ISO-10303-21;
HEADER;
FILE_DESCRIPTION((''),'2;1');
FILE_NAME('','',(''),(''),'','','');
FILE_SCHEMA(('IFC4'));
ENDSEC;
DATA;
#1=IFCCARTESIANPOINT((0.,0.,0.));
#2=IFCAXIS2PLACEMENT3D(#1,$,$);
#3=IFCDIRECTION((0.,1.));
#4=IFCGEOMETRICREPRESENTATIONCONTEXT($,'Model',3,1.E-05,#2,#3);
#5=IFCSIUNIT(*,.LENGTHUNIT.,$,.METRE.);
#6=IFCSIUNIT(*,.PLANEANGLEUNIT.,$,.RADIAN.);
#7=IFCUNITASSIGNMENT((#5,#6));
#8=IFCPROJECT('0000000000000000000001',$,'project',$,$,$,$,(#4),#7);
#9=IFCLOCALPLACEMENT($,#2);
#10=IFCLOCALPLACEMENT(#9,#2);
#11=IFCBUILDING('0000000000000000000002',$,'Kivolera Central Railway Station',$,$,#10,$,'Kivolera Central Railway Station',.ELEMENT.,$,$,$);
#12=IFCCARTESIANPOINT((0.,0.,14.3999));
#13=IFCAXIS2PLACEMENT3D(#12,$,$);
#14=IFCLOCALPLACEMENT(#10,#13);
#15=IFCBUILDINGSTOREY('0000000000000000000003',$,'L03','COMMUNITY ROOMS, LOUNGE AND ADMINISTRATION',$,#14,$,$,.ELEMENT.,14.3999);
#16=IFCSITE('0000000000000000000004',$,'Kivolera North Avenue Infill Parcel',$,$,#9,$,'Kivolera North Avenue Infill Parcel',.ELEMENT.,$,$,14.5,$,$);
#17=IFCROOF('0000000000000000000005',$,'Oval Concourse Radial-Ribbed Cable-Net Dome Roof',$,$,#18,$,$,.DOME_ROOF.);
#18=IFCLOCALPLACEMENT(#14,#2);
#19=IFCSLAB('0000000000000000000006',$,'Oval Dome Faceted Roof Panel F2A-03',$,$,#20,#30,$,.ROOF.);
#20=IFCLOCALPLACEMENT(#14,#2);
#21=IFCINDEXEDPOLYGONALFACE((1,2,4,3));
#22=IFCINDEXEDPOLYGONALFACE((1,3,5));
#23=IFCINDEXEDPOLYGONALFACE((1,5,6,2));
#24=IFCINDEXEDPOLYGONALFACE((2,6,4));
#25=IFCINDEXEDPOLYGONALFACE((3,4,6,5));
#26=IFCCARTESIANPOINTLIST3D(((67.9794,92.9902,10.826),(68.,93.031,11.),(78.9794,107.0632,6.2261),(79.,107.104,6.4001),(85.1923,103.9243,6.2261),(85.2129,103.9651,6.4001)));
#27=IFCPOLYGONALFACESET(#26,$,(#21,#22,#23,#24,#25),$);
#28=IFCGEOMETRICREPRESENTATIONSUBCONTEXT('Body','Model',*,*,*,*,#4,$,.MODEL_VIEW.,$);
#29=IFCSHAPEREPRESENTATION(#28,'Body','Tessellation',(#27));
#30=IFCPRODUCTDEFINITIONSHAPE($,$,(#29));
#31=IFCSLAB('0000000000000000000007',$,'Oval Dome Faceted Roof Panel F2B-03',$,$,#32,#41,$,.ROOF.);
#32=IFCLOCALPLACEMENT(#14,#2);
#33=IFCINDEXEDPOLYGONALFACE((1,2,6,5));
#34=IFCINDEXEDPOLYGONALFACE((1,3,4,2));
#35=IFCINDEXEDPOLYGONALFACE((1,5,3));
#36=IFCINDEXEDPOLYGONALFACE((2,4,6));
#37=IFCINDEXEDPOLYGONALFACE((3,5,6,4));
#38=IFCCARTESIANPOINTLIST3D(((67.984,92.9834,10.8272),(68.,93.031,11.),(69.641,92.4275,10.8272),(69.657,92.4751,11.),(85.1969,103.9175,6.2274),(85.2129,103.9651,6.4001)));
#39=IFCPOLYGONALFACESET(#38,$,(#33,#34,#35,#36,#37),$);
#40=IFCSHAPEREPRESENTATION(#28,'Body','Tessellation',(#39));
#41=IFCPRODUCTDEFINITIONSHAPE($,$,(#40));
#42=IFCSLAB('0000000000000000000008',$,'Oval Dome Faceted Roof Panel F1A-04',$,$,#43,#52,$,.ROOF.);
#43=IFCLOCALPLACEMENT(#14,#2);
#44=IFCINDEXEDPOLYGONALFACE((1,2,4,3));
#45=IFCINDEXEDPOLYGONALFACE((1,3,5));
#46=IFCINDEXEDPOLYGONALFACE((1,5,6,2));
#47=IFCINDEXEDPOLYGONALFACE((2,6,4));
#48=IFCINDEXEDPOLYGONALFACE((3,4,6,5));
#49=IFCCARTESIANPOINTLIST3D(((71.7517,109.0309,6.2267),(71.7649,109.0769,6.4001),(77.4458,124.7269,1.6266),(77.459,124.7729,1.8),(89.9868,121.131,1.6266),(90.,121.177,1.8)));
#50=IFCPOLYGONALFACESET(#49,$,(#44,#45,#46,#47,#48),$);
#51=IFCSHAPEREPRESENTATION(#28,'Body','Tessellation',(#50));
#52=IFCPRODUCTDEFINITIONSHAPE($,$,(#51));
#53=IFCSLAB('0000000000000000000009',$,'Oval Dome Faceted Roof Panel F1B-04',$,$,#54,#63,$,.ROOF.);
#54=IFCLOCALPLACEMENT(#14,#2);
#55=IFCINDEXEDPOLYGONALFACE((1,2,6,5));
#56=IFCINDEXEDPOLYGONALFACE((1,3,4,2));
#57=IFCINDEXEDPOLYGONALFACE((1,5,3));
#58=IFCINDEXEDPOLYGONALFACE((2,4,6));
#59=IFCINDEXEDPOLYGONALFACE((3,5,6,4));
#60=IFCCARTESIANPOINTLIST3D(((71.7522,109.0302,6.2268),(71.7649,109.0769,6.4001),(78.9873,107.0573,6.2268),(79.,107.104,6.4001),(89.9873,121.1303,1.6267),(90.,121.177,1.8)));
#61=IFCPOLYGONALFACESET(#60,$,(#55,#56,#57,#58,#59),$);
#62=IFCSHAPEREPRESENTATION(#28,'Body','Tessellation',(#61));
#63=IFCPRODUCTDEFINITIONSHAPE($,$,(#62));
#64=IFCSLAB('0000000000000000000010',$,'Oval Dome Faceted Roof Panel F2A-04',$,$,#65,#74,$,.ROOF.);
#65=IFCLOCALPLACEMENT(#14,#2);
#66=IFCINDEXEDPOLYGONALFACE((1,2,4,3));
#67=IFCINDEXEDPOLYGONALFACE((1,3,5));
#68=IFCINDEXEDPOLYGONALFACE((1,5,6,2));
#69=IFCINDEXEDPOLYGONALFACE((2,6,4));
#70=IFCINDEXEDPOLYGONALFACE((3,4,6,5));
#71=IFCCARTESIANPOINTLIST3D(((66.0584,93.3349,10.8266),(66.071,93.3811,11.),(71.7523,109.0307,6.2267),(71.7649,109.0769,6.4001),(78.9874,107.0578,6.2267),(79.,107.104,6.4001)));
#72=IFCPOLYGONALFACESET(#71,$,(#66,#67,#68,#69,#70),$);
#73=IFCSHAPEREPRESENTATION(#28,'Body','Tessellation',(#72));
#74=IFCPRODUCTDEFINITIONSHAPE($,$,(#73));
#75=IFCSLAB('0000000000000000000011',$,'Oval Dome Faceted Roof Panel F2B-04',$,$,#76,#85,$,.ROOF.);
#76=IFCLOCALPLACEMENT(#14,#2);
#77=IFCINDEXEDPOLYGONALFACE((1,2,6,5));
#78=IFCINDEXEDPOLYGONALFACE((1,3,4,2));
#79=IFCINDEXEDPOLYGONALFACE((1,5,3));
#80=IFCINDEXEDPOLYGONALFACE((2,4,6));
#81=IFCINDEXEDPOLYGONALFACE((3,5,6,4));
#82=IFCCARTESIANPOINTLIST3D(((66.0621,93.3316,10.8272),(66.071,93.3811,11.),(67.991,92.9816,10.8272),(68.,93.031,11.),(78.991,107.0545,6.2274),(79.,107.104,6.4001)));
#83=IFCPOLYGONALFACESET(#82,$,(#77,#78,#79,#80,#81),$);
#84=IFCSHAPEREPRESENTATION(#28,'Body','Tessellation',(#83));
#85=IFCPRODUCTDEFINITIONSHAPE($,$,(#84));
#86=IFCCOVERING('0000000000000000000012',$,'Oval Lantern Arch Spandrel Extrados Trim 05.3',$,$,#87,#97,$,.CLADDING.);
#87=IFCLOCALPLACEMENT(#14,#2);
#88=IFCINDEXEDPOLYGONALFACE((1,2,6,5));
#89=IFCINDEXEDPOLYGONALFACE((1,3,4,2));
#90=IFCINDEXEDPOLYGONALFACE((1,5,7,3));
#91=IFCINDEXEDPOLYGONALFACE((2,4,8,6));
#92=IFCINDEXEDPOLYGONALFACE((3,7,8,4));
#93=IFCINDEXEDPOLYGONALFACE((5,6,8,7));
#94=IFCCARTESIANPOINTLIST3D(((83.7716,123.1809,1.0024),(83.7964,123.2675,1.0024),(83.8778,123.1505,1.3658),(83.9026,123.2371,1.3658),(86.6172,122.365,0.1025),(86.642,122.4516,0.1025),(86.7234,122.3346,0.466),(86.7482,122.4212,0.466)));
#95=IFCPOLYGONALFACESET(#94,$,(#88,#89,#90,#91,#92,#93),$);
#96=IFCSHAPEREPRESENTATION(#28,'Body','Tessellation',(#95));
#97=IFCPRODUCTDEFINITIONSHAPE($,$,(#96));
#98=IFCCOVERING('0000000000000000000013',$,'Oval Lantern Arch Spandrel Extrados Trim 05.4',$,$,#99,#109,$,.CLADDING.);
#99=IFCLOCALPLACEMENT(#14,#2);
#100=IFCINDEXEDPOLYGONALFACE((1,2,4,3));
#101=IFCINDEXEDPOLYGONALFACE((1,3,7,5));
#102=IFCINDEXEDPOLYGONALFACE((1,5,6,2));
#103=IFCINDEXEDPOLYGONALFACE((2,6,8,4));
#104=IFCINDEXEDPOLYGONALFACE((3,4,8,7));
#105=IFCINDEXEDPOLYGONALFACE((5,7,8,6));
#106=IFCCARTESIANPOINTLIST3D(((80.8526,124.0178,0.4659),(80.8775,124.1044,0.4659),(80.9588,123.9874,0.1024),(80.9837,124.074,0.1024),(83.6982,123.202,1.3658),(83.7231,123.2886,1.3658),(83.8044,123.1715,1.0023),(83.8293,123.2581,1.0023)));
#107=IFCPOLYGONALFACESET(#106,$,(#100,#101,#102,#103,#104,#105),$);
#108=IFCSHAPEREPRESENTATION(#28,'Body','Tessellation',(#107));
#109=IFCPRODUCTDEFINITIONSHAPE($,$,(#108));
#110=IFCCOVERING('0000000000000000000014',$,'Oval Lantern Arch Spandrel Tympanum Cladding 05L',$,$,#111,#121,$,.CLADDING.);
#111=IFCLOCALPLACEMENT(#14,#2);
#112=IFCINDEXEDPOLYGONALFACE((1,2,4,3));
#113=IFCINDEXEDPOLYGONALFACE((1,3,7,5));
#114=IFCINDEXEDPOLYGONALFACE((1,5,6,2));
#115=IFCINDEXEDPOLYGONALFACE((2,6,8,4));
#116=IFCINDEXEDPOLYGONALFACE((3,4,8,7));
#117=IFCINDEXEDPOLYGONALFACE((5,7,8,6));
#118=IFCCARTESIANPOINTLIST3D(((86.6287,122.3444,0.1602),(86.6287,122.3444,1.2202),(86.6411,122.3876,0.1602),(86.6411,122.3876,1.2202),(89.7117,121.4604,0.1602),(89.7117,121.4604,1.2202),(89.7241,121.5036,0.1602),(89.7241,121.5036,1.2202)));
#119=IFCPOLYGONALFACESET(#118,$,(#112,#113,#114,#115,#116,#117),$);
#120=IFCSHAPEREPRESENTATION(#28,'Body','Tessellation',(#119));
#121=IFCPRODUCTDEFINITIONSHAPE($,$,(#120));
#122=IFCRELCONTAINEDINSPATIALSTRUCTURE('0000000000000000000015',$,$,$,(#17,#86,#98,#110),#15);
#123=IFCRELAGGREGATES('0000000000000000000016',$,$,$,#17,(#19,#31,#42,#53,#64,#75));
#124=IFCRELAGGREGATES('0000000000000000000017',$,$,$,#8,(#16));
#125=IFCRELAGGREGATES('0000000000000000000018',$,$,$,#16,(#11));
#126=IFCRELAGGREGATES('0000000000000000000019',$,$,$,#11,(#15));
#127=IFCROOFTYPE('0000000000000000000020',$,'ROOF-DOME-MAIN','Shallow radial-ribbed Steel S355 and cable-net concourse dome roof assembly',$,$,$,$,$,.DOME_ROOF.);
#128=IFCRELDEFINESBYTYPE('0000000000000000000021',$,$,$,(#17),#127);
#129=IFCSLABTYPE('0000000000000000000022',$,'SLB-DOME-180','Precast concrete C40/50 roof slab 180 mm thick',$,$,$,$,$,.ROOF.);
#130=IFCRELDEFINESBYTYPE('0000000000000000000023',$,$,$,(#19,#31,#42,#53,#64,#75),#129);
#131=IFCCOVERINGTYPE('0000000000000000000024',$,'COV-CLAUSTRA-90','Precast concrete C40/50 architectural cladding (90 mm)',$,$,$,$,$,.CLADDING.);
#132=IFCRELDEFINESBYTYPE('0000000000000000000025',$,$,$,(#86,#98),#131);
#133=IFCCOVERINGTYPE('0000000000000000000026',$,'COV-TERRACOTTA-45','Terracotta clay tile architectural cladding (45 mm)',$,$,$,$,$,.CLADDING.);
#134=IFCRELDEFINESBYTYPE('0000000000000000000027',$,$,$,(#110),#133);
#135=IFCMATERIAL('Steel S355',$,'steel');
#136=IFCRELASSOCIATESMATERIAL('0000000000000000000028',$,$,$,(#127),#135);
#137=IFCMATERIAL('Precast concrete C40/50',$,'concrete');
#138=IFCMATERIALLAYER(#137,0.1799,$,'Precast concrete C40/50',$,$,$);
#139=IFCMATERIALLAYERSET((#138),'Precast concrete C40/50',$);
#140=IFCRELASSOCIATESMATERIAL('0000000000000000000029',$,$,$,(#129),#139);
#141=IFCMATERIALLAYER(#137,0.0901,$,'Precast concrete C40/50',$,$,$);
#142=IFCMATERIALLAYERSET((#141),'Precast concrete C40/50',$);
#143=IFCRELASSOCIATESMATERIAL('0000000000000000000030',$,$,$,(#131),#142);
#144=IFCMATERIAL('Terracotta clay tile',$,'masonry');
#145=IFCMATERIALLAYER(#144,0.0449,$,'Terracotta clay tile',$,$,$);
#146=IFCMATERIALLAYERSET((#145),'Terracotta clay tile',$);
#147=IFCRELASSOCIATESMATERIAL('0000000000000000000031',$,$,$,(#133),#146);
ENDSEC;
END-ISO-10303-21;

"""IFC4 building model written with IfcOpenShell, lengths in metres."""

from ifc_helpers import new_model, si_unit, direction, frame, frame_2d, origin, origin_2d, place, context, subcontext, project, spatial, polyline, rectangle, outline, extrude, material, layer, layer_set, type_object, element, aggregate, save


model = new_model("IFC4")

# Units and contexts
model_context = context("Model", 3, precision=1e-05, world=origin(), true_north=direction((0.0, 1.0)))
body_context = subcontext(model_context, "Body", "Model", "MODEL_VIEW")
ifc_project = project(units=[si_unit("LENGTHUNIT", "METRE"), si_unit("PLANEANGLEUNIT", "RADIAN")], contexts=[model_context])

# Site, building, storey
site_placement = place(None, origin())
site = spatial("IfcSite", under=ifc_project, at=site_placement, Name="Kivolera North Avenue Infill Parcel", LongName="Kivolera North Avenue Infill Parcel", CompositionType="ELEMENT", RefElevation=14.5)
building_placement = place(site_placement, origin())
building = spatial("IfcBuilding", under=site, at=building_placement, Name="Kivolera Central Railway Station", LongName="Kivolera Central Railway Station", CompositionType="ELEMENT")
storey_placement = place(building_placement, frame((0.0, 0.0, 14.3999)))
storey = spatial("IfcBuildingStorey", under=building, at=storey_placement, Name="L03", Description="COMMUNITY ROOMS, LOUNGE AND ADMINISTRATION", CompositionType="ELEMENT", Elevation=14.3999)

# Shared definitions
ifc_material_1 = material(Name="Steel S355", Category="steel")

# Roof, slabs
roof_type = type_object("IfcRoofType", Name="ROOF-DOME-MAIN", Description="Shallow radial-ribbed Steel S355 and cable-net concourse dome roof assembly", PredefinedType="DOME_ROOF", material=ifc_material_1)
roof_placement = place(storey_placement, origin())
roof = element("IfcRoof", 1, at=roof_placement, inside=storey, type_object=roof_type, Name="Oval Concourse Radial-Ribbed Cable-Net Dome Roof", PredefinedType="DOME_ROOF")
ifc_material_2 = material(Name="Precast concrete C40/50", Category="concrete")
ifc_layer_1 = layer(ifc_material_2, 0.1799, Name="Precast concrete C40/50")
ifc_layer_set_1 = layer_set([ifc_layer_1], Name="Precast concrete C40/50")
slab_type = type_object("IfcSlabType", Name="SLB-DOME-180", Description="Precast concrete C40/50 roof slab 180 mm thick", PredefinedType="ROOF", material=ifc_layer_set_1)
slab_1_placement = place(storey_placement, frame((85.2129, 103.9651, 6.4001), z_axis=(0.114505, 0.226642, 0.967224), x_axis=(-0.892553, 0.450942, 0.0)))
slab_1 = element("IfcSlab", 2, at=slab_1_placement, type_object=slab_type, Name="Oval Dome Faceted Roof Panel F2A-03", PredefinedType="ROOF", context=body_context, shape_type="SweptSolid", body=[
    extrude(outline(polyline([(0.0, 0.0), (6.9608, 0.0), (10.4328, 18.115), (0.0, 0.0)])), origin(), (0.0, 0.0, -1.0), 0.1799),
])
slab_2_placement = place(storey_placement, frame((85.2129, 103.9651, 6.4001), z_axis=(0.088696, 0.264373, 0.960333), x_axis=(-0.823408, -0.52305, 0.220042)))
slab_2 = element("IfcSlab", 3, at=slab_2_placement, type_object=slab_type, Name="Oval Dome Faceted Roof Panel F2B-03", PredefinedType="ROOF", context=body_context, shape_type="SweptSolid", body=[
    extrude(outline(polyline([(0.0, 0.0), (20.9045, 0.0), (19.8309, 1.3791), (0.0, 0.0)])), origin(), (0.0, 0.0, -1.0), 0.1799),
])
slab_3_placement = place(storey_placement, frame((90.0, 121.177, 1.8), z_axis=(0.07337, 0.255883, 0.96392), x_axis=(-0.961264, 0.275628, 0.0)))
slab_3 = element("IfcSlab", 4, at=slab_3_placement, type_object=slab_type, Name="Oval Dome Faceted Roof Panel F1A-04", PredefinedType="ROOF", context=body_context, shape_type="SweptSolid", body=[
    extrude(outline(polyline([(0.0, 0.0), (13.0464, 0.0), (14.1936, 17.281), (0.0, 0.0)])), origin(), (0.0, 0.0, -1.0), 0.1799),
])
slab_4_placement = place(storey_placement, frame((90.0, 121.177, 1.8), z_axis=(0.070765, 0.259514, 0.963143), x_axis=(-0.815423, -0.541083, 0.205704)))
slab_4 = element("IfcSlab", 5, at=slab_4_placement, type_object=slab_type, Name="Oval Dome Faceted Roof Panel F1B-04", PredefinedType="ROOF", context=body_context, shape_type="SweptSolid", body=[
    extrude(outline(polyline([(0.0, 0.0), (22.3627, 0.0), (17.5306, 5.7349), (0.0, 0.0)])), origin(), (0.0, 0.0, -1.0), 0.1799),
])
slab_5_placement = place(storey_placement, frame((79.0, 107.104, 6.4001), z_axis=(0.070092, 0.257043, 0.963855), x_axis=(-0.964774, 0.263079, 0.0)))
slab_5 = element("IfcSlab", 6, at=slab_5_placement, type_object=slab_type, Name="Oval Dome Faceted Roof Panel F2A-04", PredefinedType="ROOF", context=body_context, shape_type="SweptSolid", body=[
    extrude(outline(polyline([(0.0, 0.0), (7.4993, 0.0), (8.8633, 17.2649), (0.0, 0.0)])), origin(), (0.0, 0.0, -1.0), 0.1799),
])
slab_6_placement = place(storey_placement, frame((79.0, 107.104, 6.4001), z_axis=(0.049885, 0.274853, 0.960191), x_axis=(-0.666198, -0.707108, 0.237019)))
slab_6 = element("IfcSlab", 7, at=slab_6_placement, type_object=slab_type, Name="Oval Dome Faceted Roof Panel F2B-04", PredefinedType="ROOF", context=body_context, shape_type="SweptSolid", body=[
    extrude(outline(polyline([(0.0, 0.0), (19.4071, 0.0), (18.3696, 1.6634), (0.0, 0.0)])), origin(), (0.0, 0.0, -1.0), 0.1799),
])
aggregate(roof, [slab_1, slab_2, slab_3, slab_4, slab_5, slab_6])

# Coverings
ifc_layer_2 = layer(ifc_material_2, 0.0901, Name="Precast concrete C40/50")
ifc_layer_set_2 = layer_set([ifc_layer_2], Name="Precast concrete C40/50")
covering_type_1 = type_object("IfcCoveringType", Name="COV-CLAUSTRA-90", Description="Precast concrete C40/50 architectural cladding (90 mm)", PredefinedType="CLADDING", material=ifc_layer_set_2)
for number, where, z_axis, x_axis, name in (
    (8, (85.26, 122.801, 0.7341), (-0.919713, 0.263699, 0.290844), (0.275632, 0.961263, 0.0), "Oval Lantern Arch Spandrel Extrados Trim 05.3"),
    (9, (82.3411, 123.6379, 0.7341), (-0.919713, 0.263699, -0.290844), (0.275632, 0.961263, 0.0), "Oval Lantern Arch Spandrel Extrados Trim 05.4"),
):
    element("IfcCovering", number, at=place(storey_placement, frame(where, z_axis=z_axis, x_axis=x_axis)), inside=storey, type_object=covering_type_1, Name=name, PredefinedType="CLADDING", context=body_context, shape_type="SweptSolid", body=[
        extrude(rectangle(XDim=0.0901, YDim=0.3799, at=origin_2d()), frame((0.0, 0.0, -1.5469)), (0.0, 0.0, 1.0), 3.094),
    ])
ifc_material_3 = material(Name="Terracotta clay tile", Category="masonry")
ifc_layer_3 = layer(ifc_material_3, 0.0449, Name="Terracotta clay tile")
ifc_layer_set_3 = layer_set([ifc_layer_3], Name="Terracotta clay tile")
covering_type_2 = type_object("IfcCoveringType", Name="COV-TERRACOTTA-45", Description="Terracotta clay tile architectural cladding (45 mm)", PredefinedType="CLADDING", material=ifc_layer_set_3)
covering_placement = place(storey_placement, frame((86.635, 122.366, 0.1602), z_axis=(0.0, 0.0, 1.0), x_axis=(0.961262, -0.275636, 0.0)))
element("IfcCovering", 10, at=covering_placement, inside=storey, type_object=covering_type_2, Name="Oval Lantern Arch Spandrel Tympanum Cladding 05L", PredefinedType="CLADDING", context=body_context, shape_type="SweptSolid", body=[
    extrude(rectangle(XDim=3.2073, YDim=0.0449, at=frame_2d((1.6035, 0.0))), origin(), (0.0, 0.0, 1.0), 1.0601),
])

save(model, "model.ifc")
